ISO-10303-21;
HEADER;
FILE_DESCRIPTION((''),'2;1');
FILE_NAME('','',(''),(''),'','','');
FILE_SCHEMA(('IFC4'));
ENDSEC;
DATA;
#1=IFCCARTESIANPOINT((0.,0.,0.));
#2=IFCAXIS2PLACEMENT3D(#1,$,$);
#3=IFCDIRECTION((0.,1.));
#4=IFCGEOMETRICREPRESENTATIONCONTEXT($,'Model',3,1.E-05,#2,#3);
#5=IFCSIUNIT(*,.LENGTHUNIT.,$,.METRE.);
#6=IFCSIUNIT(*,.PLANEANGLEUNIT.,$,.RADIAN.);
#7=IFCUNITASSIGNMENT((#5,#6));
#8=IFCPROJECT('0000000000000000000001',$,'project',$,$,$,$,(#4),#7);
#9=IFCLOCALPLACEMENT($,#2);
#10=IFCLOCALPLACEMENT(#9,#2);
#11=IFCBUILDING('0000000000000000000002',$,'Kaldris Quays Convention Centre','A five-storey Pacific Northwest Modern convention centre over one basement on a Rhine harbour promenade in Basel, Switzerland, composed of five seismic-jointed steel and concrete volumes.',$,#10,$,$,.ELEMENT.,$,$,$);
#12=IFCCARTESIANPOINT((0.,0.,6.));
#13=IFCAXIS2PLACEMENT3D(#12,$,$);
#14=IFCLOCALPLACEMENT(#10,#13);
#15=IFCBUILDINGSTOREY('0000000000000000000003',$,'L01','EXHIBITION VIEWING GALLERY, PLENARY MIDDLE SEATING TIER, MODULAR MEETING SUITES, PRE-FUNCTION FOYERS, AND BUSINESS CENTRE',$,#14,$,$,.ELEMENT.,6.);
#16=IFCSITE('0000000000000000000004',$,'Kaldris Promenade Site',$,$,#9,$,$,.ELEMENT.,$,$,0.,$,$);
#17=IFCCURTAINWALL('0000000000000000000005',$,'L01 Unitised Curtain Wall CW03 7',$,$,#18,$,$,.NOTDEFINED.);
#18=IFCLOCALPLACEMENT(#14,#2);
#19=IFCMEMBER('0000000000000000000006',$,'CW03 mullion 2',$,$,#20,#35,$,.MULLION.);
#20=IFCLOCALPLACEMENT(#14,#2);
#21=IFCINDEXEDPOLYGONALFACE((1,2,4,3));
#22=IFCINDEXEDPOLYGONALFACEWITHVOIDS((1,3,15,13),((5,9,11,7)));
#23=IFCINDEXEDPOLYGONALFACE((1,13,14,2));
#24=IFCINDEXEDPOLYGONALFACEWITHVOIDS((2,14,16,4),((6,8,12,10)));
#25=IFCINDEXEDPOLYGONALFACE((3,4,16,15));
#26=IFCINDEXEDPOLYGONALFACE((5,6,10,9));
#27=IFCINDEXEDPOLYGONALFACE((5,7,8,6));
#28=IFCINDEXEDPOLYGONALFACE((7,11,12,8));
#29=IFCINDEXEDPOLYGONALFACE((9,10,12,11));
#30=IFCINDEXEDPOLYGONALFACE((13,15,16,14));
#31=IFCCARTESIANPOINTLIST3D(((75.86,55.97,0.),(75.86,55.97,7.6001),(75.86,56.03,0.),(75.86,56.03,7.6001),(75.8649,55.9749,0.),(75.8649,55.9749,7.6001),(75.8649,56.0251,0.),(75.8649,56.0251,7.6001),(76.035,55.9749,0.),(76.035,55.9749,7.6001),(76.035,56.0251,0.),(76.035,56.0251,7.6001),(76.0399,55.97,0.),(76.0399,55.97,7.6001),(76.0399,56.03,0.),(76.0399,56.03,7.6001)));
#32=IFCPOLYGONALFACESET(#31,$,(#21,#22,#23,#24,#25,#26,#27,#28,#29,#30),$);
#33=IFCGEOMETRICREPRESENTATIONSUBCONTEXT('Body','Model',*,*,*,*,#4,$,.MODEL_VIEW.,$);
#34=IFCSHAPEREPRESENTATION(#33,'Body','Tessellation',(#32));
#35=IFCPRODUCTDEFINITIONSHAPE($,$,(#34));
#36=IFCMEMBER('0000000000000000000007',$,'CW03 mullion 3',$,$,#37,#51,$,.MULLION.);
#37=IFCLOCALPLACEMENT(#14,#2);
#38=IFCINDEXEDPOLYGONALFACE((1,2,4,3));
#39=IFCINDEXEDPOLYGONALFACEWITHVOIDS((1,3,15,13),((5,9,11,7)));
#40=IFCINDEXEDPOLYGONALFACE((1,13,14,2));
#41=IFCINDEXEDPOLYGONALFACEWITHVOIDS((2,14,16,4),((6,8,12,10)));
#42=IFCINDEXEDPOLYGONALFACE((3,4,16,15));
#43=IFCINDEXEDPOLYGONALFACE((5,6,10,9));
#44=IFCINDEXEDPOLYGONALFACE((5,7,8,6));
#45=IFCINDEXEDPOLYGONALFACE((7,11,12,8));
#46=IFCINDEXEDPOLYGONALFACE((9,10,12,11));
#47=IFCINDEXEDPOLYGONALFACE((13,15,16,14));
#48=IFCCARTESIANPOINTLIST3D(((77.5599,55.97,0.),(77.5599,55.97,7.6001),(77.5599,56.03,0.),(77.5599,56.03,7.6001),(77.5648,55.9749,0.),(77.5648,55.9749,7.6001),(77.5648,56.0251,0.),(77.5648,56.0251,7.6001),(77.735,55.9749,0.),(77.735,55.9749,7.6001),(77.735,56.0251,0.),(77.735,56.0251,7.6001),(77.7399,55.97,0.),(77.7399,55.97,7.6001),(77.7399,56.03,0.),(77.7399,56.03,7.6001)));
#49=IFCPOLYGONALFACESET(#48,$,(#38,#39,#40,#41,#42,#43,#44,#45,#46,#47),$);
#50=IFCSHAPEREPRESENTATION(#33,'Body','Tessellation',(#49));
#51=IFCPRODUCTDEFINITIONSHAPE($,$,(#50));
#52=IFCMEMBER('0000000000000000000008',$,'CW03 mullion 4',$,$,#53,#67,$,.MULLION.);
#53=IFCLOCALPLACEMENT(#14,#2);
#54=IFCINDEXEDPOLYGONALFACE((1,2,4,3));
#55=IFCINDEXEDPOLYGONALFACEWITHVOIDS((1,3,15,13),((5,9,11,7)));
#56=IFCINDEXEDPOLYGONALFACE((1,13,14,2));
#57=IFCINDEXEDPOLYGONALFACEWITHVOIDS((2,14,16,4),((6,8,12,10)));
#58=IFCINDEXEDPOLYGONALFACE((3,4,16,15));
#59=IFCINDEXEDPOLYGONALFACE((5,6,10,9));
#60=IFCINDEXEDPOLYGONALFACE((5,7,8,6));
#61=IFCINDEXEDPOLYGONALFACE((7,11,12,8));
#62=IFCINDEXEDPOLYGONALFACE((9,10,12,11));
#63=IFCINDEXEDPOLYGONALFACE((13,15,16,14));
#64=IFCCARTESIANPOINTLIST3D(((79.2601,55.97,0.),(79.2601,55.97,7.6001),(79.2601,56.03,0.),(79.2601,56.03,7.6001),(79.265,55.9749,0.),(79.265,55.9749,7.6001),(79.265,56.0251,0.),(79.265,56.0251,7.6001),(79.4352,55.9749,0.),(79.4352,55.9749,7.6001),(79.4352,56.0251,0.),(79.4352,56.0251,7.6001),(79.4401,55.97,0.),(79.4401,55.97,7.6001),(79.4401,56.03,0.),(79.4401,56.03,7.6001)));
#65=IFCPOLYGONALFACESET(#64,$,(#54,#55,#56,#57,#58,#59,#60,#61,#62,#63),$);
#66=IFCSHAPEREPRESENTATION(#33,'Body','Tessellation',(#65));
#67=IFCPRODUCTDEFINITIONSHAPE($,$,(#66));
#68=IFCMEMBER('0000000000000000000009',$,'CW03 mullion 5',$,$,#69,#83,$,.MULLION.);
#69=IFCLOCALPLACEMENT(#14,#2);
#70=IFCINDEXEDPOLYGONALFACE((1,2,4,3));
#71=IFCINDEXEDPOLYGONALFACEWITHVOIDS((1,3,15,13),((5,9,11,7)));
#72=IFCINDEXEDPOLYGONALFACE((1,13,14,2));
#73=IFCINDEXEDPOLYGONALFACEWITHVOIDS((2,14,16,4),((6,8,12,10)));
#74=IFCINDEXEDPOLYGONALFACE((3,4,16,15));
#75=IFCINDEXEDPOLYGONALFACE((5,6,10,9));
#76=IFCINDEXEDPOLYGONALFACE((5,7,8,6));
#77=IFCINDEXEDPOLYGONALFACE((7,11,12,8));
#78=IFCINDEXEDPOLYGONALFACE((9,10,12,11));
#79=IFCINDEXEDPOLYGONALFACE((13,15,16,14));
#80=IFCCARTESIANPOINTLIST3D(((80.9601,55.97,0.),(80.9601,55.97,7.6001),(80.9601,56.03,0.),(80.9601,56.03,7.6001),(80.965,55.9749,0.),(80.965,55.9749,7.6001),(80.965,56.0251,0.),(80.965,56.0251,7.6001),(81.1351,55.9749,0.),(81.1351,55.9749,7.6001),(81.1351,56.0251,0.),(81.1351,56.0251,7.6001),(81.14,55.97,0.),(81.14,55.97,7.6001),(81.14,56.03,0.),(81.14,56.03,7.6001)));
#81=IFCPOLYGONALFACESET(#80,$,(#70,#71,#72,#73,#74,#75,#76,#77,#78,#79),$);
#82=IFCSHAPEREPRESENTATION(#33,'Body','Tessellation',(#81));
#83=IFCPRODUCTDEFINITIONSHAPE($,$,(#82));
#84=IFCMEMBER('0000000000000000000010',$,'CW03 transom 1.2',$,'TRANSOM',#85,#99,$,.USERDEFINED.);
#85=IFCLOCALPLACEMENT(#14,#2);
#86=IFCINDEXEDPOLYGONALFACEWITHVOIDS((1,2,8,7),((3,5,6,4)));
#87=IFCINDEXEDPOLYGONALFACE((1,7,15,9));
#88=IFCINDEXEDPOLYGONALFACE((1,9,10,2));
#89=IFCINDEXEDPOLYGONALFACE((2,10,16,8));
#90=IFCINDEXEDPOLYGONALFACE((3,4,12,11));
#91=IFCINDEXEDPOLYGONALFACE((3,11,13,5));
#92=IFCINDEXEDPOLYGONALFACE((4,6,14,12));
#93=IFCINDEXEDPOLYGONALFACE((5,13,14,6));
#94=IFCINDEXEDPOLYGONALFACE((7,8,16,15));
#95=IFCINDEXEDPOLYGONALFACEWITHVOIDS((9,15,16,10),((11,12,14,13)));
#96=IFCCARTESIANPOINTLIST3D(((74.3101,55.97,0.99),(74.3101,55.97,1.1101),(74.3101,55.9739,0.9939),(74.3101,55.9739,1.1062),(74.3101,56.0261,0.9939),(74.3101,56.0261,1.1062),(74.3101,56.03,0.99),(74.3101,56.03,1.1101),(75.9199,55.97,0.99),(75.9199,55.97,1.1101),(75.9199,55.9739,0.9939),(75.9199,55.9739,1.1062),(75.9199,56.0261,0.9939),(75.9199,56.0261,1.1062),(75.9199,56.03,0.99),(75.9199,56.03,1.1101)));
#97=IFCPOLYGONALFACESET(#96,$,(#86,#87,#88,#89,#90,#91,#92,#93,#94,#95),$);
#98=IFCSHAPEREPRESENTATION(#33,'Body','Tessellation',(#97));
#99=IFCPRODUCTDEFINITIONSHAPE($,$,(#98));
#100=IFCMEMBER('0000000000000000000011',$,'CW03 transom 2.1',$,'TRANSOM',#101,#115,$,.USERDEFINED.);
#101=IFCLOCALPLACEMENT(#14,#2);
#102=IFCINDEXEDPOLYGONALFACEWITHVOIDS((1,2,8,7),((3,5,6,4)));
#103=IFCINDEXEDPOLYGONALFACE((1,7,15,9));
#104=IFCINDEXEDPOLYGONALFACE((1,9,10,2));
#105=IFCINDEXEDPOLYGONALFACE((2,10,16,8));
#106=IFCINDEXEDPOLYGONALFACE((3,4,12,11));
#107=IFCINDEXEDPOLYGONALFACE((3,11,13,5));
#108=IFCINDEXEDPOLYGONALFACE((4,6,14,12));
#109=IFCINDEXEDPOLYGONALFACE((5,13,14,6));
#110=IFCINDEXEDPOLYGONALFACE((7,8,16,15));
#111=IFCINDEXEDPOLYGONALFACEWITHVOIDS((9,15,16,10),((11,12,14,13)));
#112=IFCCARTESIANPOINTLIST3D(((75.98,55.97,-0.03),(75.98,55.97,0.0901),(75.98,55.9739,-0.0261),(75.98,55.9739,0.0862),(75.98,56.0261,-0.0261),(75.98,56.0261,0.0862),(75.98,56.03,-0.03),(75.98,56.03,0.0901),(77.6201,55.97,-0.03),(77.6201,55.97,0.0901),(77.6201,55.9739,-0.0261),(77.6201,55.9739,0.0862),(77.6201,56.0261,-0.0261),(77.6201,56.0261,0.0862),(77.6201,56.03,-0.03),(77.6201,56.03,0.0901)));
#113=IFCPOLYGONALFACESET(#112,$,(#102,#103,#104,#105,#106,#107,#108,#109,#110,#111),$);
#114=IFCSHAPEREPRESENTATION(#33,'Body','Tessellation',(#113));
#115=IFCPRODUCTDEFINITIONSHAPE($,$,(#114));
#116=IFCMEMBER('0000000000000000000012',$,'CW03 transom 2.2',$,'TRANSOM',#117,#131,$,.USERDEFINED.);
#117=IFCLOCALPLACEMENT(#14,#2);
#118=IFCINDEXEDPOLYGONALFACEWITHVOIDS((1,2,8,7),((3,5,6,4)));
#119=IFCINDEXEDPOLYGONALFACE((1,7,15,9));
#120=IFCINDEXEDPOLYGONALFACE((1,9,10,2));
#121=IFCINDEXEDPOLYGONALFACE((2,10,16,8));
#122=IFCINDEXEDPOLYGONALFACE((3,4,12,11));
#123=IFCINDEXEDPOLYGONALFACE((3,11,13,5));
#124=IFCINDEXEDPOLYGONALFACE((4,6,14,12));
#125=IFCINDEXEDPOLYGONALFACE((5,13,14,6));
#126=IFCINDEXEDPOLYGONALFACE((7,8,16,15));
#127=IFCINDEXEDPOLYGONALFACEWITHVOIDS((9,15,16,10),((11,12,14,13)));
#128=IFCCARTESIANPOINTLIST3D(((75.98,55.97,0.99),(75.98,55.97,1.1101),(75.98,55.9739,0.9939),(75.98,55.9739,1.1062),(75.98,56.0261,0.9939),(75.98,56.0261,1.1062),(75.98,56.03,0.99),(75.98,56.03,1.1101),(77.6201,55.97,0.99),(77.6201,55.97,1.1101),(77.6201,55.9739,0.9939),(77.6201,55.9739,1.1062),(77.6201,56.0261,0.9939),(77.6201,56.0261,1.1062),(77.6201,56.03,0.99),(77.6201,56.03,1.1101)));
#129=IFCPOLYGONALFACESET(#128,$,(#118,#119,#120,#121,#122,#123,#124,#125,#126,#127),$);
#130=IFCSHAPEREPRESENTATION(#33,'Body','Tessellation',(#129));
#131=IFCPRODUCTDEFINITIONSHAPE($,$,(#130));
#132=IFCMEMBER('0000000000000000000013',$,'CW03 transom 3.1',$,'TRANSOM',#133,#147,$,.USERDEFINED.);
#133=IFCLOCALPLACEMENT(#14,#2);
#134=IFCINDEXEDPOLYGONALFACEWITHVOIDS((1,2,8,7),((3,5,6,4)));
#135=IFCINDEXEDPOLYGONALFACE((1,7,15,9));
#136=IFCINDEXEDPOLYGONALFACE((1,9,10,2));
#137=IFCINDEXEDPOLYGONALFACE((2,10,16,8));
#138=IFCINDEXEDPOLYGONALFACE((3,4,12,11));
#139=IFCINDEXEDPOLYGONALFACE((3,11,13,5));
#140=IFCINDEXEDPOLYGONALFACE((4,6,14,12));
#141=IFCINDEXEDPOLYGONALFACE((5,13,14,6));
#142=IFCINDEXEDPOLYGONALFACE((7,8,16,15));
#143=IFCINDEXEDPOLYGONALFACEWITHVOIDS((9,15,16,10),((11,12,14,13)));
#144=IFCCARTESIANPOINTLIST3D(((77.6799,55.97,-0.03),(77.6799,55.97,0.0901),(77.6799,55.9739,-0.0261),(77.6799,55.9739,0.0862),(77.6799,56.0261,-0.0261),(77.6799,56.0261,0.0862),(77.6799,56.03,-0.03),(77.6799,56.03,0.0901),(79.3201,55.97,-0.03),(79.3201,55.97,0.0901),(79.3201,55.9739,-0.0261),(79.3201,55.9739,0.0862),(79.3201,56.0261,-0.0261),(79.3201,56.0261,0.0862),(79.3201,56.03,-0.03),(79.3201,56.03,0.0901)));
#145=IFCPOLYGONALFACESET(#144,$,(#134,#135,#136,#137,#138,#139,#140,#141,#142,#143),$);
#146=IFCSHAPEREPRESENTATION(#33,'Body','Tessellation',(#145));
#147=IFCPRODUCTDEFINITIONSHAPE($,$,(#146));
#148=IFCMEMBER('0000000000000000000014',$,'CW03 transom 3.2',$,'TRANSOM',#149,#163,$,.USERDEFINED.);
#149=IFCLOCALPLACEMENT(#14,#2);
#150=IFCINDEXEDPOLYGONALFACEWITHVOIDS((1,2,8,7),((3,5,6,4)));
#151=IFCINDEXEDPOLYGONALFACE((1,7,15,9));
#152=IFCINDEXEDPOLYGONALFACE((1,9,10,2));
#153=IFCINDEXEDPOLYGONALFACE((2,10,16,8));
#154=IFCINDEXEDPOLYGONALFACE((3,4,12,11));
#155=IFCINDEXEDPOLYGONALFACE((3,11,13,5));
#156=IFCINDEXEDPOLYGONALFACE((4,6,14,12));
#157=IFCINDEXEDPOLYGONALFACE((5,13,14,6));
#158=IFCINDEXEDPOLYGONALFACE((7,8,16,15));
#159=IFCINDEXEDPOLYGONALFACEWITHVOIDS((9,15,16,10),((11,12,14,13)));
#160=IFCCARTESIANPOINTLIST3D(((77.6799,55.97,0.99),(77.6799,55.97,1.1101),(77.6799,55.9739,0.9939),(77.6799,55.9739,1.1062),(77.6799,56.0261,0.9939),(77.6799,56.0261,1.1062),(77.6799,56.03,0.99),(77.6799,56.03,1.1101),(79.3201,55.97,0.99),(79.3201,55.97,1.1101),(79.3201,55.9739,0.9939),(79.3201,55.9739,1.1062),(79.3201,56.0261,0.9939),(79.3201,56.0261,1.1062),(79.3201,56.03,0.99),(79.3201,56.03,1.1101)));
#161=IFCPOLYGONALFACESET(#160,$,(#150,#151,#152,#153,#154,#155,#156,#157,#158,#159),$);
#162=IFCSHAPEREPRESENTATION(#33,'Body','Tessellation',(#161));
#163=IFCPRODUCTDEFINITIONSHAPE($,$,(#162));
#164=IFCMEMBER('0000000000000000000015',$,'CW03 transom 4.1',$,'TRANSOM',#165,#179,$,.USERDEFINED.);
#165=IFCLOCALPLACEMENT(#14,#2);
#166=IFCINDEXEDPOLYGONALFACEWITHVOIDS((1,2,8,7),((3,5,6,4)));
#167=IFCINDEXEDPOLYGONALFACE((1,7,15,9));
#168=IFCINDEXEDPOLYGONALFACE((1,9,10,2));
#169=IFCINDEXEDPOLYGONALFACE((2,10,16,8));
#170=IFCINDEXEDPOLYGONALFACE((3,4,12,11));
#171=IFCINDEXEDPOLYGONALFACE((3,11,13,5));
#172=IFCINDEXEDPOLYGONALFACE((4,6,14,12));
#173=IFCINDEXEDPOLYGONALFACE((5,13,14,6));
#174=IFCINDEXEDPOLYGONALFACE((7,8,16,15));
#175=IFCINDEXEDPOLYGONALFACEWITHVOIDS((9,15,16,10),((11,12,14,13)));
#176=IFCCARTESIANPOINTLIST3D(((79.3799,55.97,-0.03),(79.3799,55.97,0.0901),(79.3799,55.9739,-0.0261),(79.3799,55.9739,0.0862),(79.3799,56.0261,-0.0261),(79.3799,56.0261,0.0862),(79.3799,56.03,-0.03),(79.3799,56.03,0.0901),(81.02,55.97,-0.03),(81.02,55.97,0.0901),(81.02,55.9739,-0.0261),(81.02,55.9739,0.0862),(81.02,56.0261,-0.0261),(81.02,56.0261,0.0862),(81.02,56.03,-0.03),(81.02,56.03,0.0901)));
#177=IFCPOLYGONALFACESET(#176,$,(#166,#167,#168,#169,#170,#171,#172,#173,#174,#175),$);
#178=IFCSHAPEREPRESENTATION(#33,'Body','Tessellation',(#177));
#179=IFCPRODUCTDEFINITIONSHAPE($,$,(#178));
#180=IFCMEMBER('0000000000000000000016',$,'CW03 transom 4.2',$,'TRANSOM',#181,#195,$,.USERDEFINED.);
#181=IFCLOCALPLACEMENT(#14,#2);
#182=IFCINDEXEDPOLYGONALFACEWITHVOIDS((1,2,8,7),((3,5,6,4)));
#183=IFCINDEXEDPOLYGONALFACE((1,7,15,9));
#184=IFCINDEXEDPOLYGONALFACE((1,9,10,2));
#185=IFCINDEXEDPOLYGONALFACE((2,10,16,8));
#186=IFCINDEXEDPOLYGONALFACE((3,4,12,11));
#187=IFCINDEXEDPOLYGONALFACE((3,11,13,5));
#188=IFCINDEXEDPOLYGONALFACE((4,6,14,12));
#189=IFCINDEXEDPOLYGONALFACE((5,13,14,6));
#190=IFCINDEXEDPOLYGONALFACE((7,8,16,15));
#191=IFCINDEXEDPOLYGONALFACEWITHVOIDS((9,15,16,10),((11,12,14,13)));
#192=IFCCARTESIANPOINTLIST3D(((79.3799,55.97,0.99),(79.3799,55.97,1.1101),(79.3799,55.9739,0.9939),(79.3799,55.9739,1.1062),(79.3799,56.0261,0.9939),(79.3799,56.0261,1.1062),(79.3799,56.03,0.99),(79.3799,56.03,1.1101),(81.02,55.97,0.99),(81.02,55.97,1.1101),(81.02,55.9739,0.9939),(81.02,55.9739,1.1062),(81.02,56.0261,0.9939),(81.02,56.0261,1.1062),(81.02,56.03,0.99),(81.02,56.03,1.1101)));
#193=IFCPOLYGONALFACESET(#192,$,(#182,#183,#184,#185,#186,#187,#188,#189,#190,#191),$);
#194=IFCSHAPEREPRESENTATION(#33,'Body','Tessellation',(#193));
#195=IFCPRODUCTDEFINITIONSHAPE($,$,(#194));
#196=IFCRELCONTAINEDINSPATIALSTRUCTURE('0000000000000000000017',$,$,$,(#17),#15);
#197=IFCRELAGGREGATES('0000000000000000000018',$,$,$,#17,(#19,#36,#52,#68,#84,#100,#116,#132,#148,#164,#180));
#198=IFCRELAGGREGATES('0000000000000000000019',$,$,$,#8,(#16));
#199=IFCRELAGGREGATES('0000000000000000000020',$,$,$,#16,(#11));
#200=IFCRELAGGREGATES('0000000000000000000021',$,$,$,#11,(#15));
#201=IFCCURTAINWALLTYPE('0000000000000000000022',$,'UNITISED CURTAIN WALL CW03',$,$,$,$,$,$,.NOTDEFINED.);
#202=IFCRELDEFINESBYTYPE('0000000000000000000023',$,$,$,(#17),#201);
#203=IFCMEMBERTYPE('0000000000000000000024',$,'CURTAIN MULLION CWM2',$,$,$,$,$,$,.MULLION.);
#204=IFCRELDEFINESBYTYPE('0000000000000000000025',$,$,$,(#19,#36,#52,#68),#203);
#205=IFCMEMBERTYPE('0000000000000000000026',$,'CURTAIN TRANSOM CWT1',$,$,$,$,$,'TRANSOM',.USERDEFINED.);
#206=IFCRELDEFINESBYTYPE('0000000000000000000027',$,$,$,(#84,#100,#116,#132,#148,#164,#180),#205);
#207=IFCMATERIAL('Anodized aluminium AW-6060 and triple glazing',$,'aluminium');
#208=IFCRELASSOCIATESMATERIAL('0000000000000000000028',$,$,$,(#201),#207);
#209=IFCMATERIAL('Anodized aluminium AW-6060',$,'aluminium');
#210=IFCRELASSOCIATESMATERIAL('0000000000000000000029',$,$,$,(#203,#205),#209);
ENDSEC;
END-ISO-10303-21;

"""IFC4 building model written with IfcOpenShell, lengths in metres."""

from ifc_helpers import new_model, si_unit, direction, frame, origin, origin_2d, place, context, subcontext, project, spatial, hollow_rectangle, extrude, material, material_profile, profile_set, type_object, element, aggregate, save


model = new_model("IFC4")

# Units and contexts
model_context = context("Model", 3, precision=1e-05, world=origin(), true_north=direction((0.0, 1.0)))
body_context = subcontext(model_context, "Body", "Model", "MODEL_VIEW")
ifc_project = project(units=[si_unit("LENGTHUNIT", "METRE"), si_unit("PLANEANGLEUNIT", "RADIAN")], contexts=[model_context])

# Site, building, storey
site_placement = place(None, origin())
site = spatial("IfcSite", under=ifc_project, at=site_placement, Name="Kaldris Promenade Site", CompositionType="ELEMENT", RefElevation=0.0)
building_placement = place(site_placement, origin())
building = spatial("IfcBuilding", under=site, at=building_placement, Name="Kaldris Quays Convention Centre", Description="A five-storey Pacific Northwest Modern convention centre over one basement on a Rhine harbour promenade in Basel, Switzerland, composed of five seismic-jointed steel and concrete volumes.", CompositionType="ELEMENT")
storey_placement = place(building_placement, frame((0.0, 0.0, 6.0)))
storey = spatial("IfcBuildingStorey", under=building, at=storey_placement, Name="L01", Description="EXHIBITION VIEWING GALLERY, PLENARY MIDDLE SEATING TIER, MODULAR MEETING SUITES, PRE-FUNCTION FOYERS, AND BUSINESS CENTRE", CompositionType="ELEMENT", Elevation=6.0)

# Curtain wall, members
ifc_material_1 = material(Name="Anodized aluminium AW-6060 and triple glazing", Category="aluminium")
curtain_wall_type = type_object("IfcCurtainWallType", Name="UNITISED CURTAIN WALL CW03", PredefinedType="NOTDEFINED", material=ifc_material_1)
curtain_wall_placement = place(storey_placement, origin())
curtain_wall = element("IfcCurtainWall", 1, at=curtain_wall_placement, inside=storey, type_object=curtain_wall_type, Name="L01 Unitised Curtain Wall CW03 7", PredefinedType="NOTDEFINED")
ifc_material_2 = material(Name="Anodized aluminium AW-6060", Category="aluminium")
ifc_material_profile_1 = material_profile(ifc_material_2, hollow_rectangle(XDim=0.0601, YDim=0.1799, WallThickness=0.0049, at=origin_2d()), Name="RHS 180x60x5")
ifc_profile_set_1 = profile_set([ifc_material_profile_1], Name="Anodized aluminium AW-6060")
member_type_1 = type_object("IfcMemberType", Name="CURTAIN MULLION CWM2", PredefinedType="MULLION", material=ifc_profile_set_1)
member_1_placement = place(storey_placement, frame((75.95, 56.0, 0.0), z_axis=(0.0, 0.0, 1.0), x_axis=(0.0, 1.0, 0.0)))
member_1 = element("IfcMember", 2, at=member_1_placement, type_object=member_type_1, Name="CW03 mullion 2", PredefinedType="MULLION", context=body_context, shape_type="SweptSolid", body=[
    extrude(hollow_rectangle(XDim=0.0601, YDim=0.1799, WallThickness=0.0049, at=origin_2d()), origin(), (0.0, 0.0, 1.0), 7.6001),
])
member_2_placement = place(storey_placement, frame((77.6499, 56.0, 0.0), z_axis=(0.0, 0.0, 1.0), x_axis=(0.0, 1.0, 0.0)))
member_2 = element("IfcMember", 3, at=member_2_placement, type_object=member_type_1, Name="CW03 mullion 3", PredefinedType="MULLION", context=body_context, shape_type="SweptSolid", body=[
    extrude(hollow_rectangle(XDim=0.0601, YDim=0.1799, WallThickness=0.0049, at=origin_2d()), origin(), (0.0, 0.0, 1.0), 7.6001),
])
member_3_placement = place(storey_placement, frame((79.3501, 56.0, 0.0), z_axis=(0.0, 0.0, 1.0), x_axis=(0.0, 1.0, 0.0)))
member_3 = element("IfcMember", 4, at=member_3_placement, type_object=member_type_1, Name="CW03 mullion 4", PredefinedType="MULLION", context=body_context, shape_type="SweptSolid", body=[
    extrude(hollow_rectangle(XDim=0.0601, YDim=0.1799, WallThickness=0.0049, at=origin_2d()), origin(), (0.0, 0.0, 1.0), 7.6001),
])
member_4_placement = place(storey_placement, frame((81.05, 56.0, 0.0), z_axis=(0.0, 0.0, 1.0), x_axis=(0.0, 1.0, 0.0)))
member_4 = element("IfcMember", 5, at=member_4_placement, type_object=member_type_1, Name="CW03 mullion 5", PredefinedType="MULLION", context=body_context, shape_type="SweptSolid", body=[
    extrude(hollow_rectangle(XDim=0.0601, YDim=0.1799, WallThickness=0.0049, at=origin_2d()), origin(), (0.0, 0.0, 1.0), 7.6001),
])
ifc_material_profile_2 = material_profile(ifc_material_2, hollow_rectangle(XDim=0.0601, YDim=0.1201, WallThickness=0.0039, at=origin_2d()), Name="RHS 120x60x4")
ifc_profile_set_2 = profile_set([ifc_material_profile_2], Name="Anodized aluminium AW-6060")
member_type_2 = type_object("IfcMemberType", Name="CURTAIN TRANSOM CWT1", ElementType="TRANSOM", PredefinedType="USERDEFINED", material=ifc_profile_set_2)
member_5_placement = place(storey_placement, frame((74.3101, 56.0, 1.05), z_axis=(1.0, 0.0, 0.0), x_axis=(0.0, 1.0, 0.0)))
member_5 = element("IfcMember", 6, at=member_5_placement, type_object=member_type_2, Name="CW03 transom 1.2", ObjectType="TRANSOM", PredefinedType="USERDEFINED", context=body_context, shape_type="SweptSolid", body=[
    extrude(hollow_rectangle(XDim=0.0601, YDim=0.1201, WallThickness=0.0039, at=origin_2d()), origin(), (0.0, 0.0, 1.0), 1.6099),
])
member_6_placement = place(storey_placement, frame((75.98, 56.0, 0.03), z_axis=(1.0, 0.0, 0.0), x_axis=(0.0, 1.0, 0.0)))
member_6 = element("IfcMember", 7, at=member_6_placement, type_object=member_type_2, Name="CW03 transom 2.1", ObjectType="TRANSOM", PredefinedType="USERDEFINED", context=body_context, shape_type="SweptSolid", body=[
    extrude(hollow_rectangle(XDim=0.0601, YDim=0.1201, WallThickness=0.0039, at=origin_2d()), origin(), (0.0, 0.0, 1.0), 1.6401),
])
member_7_placement = place(storey_placement, frame((75.98, 56.0, 1.05), z_axis=(1.0, 0.0, 0.0), x_axis=(0.0, 1.0, 0.0)))
member_7 = element("IfcMember", 8, at=member_7_placement, type_object=member_type_2, Name="CW03 transom 2.2", ObjectType="TRANSOM", PredefinedType="USERDEFINED", context=body_context, shape_type="SweptSolid", body=[
    extrude(hollow_rectangle(XDim=0.0601, YDim=0.1201, WallThickness=0.0039, at=origin_2d()), origin(), (0.0, 0.0, 1.0), 1.6401),
])
member_8_placement = place(storey_placement, frame((77.6799, 56.0, 0.03), z_axis=(1.0, 0.0, 0.0), x_axis=(0.0, 1.0, 0.0)))
member_8 = element("IfcMember", 9, at=member_8_placement, type_object=member_type_2, Name="CW03 transom 3.1", ObjectType="TRANSOM", PredefinedType="USERDEFINED", context=body_context, shape_type="SweptSolid", body=[
    extrude(hollow_rectangle(XDim=0.0601, YDim=0.1201, WallThickness=0.0039, at=origin_2d()), origin(), (0.0, 0.0, 1.0), 1.6401),
])
member_9_placement = place(storey_placement, frame((77.6799, 56.0, 1.05), z_axis=(1.0, 0.0, 0.0), x_axis=(0.0, 1.0, 0.0)))
member_9 = element("IfcMember", 10, at=member_9_placement, type_object=member_type_2, Name="CW03 transom 3.2", ObjectType="TRANSOM", PredefinedType="USERDEFINED", context=body_context, shape_type="SweptSolid", body=[
    extrude(hollow_rectangle(XDim=0.0601, YDim=0.1201, WallThickness=0.0039, at=origin_2d()), origin(), (0.0, 0.0, 1.0), 1.6401),
])
member_10_placement = place(storey_placement, frame((79.3799, 56.0, 0.03), z_axis=(1.0, 0.0, 0.0), x_axis=(0.0, 1.0, 0.0)))
member_10 = element("IfcMember", 11, at=member_10_placement, type_object=member_type_2, Name="CW03 transom 4.1", ObjectType="TRANSOM", PredefinedType="USERDEFINED", context=body_context, shape_type="SweptSolid", body=[
    extrude(hollow_rectangle(XDim=0.0601, YDim=0.1201, WallThickness=0.0039, at=origin_2d()), origin(), (0.0, 0.0, 1.0), 1.6401),
])
member_11_placement = place(storey_placement, frame((79.3799, 56.0, 1.05), z_axis=(1.0, 0.0, 0.0), x_axis=(0.0, 1.0, 0.0)))
member_11 = element("IfcMember", 12, at=member_11_placement, type_object=member_type_2, Name="CW03 transom 4.2", ObjectType="TRANSOM", PredefinedType="USERDEFINED", context=body_context, shape_type="SweptSolid", body=[
    extrude(hollow_rectangle(XDim=0.0601, YDim=0.1201, WallThickness=0.0039, at=origin_2d()), origin(), (0.0, 0.0, 1.0), 1.6401),
])
aggregate(curtain_wall, [member_1, member_2, member_3, member_4, member_5, member_6, member_7, member_8, member_9, member_10, member_11])

save(model, "model.ifc")
